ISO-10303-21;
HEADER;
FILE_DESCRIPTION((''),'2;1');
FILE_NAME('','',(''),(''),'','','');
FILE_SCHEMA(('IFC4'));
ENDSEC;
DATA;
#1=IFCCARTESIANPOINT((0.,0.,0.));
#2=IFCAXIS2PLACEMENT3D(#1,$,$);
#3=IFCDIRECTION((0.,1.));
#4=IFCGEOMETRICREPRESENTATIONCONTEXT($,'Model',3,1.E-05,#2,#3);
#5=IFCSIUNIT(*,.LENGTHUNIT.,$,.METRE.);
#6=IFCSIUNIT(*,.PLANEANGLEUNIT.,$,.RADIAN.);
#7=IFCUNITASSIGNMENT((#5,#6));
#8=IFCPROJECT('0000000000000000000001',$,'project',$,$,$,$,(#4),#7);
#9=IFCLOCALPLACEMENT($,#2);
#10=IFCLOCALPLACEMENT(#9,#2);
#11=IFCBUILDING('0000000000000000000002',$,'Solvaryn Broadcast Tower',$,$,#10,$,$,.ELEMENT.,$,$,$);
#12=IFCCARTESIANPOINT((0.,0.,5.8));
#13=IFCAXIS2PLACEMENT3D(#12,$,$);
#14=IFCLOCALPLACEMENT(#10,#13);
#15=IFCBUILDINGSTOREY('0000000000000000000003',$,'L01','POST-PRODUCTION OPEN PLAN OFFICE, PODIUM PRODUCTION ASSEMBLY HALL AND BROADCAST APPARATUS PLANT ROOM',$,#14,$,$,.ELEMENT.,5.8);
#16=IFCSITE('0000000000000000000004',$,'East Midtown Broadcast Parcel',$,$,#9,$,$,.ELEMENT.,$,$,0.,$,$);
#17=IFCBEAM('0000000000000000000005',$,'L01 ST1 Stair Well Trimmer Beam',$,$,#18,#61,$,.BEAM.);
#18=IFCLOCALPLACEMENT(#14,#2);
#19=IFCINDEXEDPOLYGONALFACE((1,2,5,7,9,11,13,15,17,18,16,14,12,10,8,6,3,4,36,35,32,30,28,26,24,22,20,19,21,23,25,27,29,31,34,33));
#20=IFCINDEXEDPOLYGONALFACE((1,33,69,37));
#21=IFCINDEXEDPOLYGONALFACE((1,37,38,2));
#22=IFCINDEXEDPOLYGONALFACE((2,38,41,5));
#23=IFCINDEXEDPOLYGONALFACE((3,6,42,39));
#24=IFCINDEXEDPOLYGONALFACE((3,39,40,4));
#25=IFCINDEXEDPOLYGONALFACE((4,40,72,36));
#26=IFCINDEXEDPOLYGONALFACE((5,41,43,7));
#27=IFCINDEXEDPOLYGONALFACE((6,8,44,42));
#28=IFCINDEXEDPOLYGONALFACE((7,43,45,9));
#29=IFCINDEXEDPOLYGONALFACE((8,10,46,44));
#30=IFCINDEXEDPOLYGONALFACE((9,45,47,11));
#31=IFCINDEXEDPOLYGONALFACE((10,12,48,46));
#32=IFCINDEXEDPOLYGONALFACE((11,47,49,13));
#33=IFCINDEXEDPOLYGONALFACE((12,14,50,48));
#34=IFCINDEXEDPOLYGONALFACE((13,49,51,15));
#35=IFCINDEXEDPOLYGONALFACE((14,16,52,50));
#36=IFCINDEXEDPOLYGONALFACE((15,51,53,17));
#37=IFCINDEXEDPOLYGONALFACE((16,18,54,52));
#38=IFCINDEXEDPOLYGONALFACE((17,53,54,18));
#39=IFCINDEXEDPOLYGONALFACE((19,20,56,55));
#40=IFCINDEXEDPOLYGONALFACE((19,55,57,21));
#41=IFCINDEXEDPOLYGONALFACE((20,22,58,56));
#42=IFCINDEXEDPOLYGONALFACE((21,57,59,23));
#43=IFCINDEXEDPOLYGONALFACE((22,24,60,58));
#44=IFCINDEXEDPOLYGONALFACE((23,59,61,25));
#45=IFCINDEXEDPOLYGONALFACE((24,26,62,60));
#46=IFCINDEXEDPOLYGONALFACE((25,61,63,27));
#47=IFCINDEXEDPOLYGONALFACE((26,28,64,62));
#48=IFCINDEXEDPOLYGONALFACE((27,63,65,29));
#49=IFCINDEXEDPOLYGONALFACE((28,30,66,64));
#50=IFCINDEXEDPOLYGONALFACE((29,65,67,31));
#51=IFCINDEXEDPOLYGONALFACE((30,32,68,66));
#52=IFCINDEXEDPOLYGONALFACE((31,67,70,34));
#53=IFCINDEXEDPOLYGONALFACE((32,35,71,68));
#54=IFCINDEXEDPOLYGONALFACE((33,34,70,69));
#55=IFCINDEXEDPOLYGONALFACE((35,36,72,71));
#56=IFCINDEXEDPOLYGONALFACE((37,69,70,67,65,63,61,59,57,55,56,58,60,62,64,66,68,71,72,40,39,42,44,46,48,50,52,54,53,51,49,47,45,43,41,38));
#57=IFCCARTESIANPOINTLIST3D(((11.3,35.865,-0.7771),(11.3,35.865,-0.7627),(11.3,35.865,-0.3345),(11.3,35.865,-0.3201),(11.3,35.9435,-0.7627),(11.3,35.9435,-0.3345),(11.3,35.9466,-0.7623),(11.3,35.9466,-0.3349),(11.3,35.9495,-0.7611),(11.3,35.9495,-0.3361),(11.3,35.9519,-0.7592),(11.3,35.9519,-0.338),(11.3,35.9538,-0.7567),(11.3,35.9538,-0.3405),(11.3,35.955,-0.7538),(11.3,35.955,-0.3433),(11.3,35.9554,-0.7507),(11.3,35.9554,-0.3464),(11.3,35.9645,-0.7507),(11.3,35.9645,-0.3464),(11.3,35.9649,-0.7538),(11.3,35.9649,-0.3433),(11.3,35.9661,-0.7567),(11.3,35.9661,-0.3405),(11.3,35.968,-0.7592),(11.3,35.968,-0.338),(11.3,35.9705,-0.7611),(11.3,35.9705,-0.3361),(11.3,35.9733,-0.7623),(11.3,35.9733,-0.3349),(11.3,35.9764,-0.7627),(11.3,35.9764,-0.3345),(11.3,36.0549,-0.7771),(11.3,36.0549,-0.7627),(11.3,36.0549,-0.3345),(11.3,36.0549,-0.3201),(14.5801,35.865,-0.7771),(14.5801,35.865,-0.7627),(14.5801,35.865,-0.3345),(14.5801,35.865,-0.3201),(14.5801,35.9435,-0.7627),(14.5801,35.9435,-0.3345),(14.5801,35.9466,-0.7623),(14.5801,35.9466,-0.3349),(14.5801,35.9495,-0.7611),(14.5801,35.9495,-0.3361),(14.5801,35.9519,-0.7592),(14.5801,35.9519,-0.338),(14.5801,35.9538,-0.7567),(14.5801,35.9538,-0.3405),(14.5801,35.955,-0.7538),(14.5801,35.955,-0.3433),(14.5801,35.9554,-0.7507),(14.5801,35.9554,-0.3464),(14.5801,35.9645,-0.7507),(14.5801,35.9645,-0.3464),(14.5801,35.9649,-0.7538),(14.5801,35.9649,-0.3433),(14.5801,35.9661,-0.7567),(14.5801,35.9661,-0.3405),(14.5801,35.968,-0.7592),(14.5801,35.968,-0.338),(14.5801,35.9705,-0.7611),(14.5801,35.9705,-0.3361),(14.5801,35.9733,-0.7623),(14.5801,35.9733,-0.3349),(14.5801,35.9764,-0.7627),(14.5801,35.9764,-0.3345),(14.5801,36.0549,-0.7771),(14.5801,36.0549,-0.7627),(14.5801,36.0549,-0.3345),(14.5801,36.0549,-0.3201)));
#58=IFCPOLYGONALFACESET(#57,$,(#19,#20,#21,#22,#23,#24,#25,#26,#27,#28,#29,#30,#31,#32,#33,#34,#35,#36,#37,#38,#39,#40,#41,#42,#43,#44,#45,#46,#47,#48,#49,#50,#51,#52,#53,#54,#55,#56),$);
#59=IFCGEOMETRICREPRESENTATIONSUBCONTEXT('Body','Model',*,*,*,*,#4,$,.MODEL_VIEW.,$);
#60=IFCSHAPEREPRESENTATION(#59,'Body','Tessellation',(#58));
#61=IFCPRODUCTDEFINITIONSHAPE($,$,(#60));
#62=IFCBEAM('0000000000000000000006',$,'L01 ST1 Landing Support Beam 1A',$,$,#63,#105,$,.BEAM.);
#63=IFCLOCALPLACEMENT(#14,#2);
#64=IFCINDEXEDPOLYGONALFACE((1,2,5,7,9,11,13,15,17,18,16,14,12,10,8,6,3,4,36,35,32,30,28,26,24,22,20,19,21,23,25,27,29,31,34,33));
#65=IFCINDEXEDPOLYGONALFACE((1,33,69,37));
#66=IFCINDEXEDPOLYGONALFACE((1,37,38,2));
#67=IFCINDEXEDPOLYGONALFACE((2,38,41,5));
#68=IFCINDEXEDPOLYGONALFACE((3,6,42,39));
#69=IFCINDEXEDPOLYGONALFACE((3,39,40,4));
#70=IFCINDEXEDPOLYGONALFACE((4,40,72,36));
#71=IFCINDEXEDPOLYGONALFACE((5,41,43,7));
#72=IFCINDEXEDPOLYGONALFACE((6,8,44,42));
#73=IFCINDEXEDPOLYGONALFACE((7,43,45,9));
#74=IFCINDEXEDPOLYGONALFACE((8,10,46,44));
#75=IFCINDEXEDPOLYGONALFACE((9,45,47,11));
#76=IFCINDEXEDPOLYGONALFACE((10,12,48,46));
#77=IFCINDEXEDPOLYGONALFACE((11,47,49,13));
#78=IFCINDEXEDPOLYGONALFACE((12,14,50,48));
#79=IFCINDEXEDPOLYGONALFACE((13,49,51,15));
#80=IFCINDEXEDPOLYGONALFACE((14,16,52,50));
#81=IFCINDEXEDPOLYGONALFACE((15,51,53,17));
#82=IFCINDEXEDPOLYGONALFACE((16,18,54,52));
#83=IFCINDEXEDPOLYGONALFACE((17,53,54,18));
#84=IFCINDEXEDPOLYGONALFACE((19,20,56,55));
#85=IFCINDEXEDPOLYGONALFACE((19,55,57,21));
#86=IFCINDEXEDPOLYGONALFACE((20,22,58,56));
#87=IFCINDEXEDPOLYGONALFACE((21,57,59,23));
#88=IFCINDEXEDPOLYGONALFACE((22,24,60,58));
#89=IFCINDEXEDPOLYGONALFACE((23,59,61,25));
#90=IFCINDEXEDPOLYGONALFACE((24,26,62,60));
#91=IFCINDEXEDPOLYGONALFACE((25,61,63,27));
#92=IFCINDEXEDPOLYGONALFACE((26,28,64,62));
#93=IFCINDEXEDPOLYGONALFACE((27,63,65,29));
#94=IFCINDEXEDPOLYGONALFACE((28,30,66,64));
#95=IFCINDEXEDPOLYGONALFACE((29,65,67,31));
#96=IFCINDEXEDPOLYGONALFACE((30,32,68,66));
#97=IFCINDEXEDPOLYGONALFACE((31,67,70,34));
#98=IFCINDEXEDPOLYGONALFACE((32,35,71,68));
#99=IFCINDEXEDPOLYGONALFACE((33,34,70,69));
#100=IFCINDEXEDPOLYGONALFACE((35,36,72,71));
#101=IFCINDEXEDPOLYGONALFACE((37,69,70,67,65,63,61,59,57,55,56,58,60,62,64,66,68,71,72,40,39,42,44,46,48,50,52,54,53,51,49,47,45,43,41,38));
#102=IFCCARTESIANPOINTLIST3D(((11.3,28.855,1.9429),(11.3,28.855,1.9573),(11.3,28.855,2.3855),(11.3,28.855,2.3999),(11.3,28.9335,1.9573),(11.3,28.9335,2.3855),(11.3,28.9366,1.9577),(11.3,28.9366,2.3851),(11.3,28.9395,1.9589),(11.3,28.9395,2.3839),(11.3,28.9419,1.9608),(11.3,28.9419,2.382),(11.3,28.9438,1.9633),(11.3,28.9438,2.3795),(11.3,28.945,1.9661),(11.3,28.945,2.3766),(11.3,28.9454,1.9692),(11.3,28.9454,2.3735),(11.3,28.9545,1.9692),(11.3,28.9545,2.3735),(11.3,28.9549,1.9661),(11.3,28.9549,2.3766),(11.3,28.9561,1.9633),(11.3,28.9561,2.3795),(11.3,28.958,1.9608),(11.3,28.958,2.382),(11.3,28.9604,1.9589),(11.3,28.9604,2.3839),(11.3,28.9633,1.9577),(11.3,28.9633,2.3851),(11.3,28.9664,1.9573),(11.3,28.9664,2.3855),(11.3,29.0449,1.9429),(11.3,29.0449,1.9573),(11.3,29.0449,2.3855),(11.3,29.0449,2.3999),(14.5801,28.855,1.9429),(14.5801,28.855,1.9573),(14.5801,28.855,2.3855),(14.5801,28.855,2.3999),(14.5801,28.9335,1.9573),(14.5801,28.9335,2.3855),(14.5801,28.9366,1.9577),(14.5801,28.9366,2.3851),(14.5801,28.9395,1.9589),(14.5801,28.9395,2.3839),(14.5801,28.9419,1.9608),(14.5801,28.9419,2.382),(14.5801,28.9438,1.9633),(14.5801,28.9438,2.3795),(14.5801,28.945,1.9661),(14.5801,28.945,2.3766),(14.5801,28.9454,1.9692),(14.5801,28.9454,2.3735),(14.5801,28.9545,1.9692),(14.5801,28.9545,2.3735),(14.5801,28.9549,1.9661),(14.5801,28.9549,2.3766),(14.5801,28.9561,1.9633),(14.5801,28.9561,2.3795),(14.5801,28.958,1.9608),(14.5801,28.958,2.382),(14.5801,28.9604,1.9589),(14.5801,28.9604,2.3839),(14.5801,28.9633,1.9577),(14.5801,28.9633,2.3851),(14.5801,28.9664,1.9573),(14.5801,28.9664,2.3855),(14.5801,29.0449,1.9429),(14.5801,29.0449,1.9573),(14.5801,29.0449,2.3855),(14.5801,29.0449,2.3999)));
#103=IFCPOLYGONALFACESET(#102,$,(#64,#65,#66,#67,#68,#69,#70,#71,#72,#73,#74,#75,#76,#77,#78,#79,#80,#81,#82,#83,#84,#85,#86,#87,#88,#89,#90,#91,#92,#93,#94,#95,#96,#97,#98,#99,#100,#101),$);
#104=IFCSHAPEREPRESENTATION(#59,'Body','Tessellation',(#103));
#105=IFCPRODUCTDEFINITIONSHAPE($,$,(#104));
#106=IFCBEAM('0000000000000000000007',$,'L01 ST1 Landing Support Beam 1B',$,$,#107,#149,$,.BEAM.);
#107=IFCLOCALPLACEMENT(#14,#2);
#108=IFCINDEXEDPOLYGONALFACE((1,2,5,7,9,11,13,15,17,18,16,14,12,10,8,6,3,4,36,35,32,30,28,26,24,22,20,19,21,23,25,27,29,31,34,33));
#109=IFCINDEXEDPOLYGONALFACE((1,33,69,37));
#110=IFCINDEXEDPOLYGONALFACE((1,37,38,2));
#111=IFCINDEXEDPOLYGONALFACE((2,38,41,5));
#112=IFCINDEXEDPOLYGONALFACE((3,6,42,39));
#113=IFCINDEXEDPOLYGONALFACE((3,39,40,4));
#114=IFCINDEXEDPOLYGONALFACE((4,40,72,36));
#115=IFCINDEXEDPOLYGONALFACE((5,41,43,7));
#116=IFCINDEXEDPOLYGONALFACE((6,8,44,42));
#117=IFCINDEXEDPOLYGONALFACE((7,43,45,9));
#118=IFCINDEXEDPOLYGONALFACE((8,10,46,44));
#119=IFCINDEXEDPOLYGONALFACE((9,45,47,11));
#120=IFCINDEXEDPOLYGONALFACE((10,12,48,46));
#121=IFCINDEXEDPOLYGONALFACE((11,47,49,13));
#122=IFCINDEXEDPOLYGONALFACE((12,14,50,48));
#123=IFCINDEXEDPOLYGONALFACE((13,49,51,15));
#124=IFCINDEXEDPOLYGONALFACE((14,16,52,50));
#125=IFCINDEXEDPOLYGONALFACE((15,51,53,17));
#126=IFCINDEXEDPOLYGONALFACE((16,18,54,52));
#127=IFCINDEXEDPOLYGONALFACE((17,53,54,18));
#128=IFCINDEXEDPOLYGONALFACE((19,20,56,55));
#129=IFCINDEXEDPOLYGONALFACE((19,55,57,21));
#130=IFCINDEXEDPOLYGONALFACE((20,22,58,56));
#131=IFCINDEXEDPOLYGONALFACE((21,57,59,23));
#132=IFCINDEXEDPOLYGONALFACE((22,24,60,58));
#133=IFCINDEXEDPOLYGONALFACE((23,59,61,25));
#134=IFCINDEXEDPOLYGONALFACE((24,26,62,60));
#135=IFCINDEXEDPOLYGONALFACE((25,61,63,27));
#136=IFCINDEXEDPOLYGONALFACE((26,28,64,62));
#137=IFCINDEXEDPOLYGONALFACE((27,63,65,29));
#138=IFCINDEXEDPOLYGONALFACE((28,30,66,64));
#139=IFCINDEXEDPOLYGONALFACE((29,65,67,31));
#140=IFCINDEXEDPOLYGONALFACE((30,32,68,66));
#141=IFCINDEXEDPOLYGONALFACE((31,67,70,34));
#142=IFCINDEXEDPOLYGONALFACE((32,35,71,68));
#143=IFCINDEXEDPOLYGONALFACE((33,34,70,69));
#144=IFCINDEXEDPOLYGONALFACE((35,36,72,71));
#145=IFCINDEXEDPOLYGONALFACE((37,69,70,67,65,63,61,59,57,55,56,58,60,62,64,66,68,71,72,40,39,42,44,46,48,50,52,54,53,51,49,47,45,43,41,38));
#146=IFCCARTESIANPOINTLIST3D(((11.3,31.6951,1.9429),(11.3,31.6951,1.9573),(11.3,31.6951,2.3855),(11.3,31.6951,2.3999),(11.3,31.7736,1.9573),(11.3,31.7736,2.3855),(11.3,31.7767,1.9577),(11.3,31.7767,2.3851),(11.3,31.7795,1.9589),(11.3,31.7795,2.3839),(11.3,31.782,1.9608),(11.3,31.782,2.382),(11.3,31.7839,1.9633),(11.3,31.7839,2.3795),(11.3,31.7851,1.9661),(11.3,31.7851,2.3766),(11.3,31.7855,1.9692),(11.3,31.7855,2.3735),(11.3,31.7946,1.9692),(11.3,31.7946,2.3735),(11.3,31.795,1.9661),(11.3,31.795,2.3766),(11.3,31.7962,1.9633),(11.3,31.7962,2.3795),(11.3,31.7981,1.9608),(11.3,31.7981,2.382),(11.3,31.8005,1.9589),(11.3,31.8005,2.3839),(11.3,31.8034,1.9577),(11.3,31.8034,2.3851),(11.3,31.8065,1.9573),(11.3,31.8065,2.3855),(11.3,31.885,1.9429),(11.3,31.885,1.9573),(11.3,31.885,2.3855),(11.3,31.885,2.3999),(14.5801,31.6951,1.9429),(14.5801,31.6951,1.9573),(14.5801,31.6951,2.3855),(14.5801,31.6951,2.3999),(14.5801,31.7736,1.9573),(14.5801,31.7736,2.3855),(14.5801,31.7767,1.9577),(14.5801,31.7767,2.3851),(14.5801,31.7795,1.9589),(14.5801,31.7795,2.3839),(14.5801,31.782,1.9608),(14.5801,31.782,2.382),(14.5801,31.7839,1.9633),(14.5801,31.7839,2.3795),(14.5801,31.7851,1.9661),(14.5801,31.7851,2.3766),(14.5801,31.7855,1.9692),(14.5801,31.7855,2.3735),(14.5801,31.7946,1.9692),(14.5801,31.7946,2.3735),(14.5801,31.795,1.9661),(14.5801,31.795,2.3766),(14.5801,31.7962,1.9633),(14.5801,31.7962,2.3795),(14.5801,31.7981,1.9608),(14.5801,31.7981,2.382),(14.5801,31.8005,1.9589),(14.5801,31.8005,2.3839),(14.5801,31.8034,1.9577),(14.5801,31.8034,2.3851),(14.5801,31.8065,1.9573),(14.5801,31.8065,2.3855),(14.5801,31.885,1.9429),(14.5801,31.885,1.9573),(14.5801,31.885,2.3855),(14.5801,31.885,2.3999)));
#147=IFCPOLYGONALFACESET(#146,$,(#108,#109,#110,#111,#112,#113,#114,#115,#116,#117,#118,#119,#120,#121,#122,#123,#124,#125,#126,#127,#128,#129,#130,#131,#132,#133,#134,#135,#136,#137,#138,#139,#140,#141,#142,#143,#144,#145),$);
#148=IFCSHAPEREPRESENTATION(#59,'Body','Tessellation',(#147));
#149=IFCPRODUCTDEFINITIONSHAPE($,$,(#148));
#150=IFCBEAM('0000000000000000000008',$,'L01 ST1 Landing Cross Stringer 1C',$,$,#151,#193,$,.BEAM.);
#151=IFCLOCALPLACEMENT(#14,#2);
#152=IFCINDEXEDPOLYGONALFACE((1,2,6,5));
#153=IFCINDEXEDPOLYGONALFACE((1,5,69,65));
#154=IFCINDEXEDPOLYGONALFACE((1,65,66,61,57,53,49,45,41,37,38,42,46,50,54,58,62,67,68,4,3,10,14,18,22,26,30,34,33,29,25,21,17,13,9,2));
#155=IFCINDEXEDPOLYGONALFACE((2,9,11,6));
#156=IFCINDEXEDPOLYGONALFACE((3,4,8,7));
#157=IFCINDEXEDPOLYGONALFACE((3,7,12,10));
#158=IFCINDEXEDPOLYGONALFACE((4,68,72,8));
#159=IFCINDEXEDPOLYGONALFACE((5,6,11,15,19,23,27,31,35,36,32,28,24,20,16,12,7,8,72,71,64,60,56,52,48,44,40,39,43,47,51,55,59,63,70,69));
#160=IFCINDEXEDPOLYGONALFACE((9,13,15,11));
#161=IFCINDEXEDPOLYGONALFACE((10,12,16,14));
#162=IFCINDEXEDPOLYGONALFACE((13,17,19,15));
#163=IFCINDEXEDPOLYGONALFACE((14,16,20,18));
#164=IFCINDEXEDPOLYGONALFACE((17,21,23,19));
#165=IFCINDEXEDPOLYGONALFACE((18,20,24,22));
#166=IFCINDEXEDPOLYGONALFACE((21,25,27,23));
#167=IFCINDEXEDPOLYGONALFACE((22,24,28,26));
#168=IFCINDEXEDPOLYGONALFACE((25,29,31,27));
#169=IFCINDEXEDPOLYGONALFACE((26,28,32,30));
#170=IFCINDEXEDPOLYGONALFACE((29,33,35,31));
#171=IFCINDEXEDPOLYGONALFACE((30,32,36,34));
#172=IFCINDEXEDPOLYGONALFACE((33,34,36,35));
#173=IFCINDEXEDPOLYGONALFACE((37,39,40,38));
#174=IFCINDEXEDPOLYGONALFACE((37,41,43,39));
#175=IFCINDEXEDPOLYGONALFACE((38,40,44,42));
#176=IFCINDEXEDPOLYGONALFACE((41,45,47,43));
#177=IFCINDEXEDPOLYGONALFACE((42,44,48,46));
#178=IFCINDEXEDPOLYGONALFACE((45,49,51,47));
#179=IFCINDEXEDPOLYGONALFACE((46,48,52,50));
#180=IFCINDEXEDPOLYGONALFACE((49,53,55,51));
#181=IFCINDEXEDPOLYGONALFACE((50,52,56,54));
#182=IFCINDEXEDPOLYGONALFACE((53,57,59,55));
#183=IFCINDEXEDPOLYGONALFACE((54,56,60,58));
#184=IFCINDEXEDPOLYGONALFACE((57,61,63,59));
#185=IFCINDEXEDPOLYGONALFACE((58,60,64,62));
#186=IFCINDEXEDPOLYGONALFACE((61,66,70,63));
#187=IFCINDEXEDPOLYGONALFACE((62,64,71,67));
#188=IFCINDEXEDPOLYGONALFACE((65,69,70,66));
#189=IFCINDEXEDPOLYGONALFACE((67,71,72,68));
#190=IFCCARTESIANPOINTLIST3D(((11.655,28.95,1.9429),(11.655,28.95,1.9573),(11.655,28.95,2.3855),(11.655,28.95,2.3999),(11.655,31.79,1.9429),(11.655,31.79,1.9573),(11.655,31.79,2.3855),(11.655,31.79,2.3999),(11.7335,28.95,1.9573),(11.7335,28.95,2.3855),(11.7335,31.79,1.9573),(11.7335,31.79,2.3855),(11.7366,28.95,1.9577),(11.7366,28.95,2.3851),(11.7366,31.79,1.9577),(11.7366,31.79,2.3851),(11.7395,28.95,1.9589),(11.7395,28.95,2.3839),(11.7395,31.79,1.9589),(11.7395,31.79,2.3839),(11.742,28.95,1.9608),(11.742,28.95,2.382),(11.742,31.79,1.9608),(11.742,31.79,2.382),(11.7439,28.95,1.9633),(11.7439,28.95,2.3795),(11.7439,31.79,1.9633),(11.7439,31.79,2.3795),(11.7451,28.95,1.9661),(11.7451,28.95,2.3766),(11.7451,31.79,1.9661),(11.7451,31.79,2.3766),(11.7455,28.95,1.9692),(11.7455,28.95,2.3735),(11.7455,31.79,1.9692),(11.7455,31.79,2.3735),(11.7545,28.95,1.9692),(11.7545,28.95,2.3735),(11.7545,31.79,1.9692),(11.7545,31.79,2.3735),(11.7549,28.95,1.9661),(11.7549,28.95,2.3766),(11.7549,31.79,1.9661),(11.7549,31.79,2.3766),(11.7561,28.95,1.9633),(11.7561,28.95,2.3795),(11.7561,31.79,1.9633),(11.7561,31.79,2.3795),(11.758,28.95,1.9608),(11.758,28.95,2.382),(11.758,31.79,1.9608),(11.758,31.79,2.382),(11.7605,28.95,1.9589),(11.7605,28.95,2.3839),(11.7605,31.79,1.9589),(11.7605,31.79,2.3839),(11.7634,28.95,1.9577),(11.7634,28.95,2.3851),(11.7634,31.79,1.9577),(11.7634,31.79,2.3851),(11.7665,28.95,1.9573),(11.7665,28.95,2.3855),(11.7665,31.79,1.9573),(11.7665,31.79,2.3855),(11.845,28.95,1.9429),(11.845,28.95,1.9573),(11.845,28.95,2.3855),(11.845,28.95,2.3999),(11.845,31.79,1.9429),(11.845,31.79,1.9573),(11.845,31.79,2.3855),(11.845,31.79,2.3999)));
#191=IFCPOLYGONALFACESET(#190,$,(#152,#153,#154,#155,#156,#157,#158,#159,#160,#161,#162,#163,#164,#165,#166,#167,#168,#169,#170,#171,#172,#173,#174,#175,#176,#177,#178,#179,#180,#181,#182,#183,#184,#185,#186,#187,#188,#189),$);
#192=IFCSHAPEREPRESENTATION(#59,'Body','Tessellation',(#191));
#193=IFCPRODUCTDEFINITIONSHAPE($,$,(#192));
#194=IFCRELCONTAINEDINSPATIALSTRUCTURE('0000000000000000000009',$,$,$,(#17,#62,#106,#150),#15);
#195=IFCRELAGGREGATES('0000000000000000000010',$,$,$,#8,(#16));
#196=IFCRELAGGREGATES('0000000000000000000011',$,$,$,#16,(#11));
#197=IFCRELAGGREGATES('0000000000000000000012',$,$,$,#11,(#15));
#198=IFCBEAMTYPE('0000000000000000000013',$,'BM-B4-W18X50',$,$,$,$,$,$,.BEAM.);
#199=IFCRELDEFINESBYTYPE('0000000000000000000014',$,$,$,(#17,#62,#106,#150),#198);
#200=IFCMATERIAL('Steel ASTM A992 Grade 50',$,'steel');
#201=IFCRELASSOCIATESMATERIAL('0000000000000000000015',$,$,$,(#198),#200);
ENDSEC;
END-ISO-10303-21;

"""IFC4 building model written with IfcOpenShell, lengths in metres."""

from ifc_helpers import new_model, si_unit, direction, frame, origin, origin_2d, place, context, subcontext, project, spatial, i_section, extrude, material, material_profile, profile_set, type_object, element, save


model = new_model("IFC4")

# Units and contexts
model_context = context("Model", 3, precision=1e-05, world=origin(), true_north=direction((0.0, 1.0)))
body_context = subcontext(model_context, "Body", "Model", "MODEL_VIEW")
ifc_project = project(units=[si_unit("LENGTHUNIT", "METRE"), si_unit("PLANEANGLEUNIT", "RADIAN")], contexts=[model_context])

# Site, building, storey
site_placement = place(None, origin())
site = spatial("IfcSite", under=ifc_project, at=site_placement, Name="East Midtown Broadcast Parcel", CompositionType="ELEMENT", RefElevation=0.0)
building_placement = place(site_placement, origin())
building = spatial("IfcBuilding", under=site, at=building_placement, Name="Solvaryn Broadcast Tower", CompositionType="ELEMENT")
storey_placement = place(building_placement, frame((0.0, 0.0, 5.8)))
storey = spatial("IfcBuildingStorey", under=building, at=storey_placement, Name="L01", Description="POST-PRODUCTION OPEN PLAN OFFICE, PODIUM PRODUCTION ASSEMBLY HALL AND BROADCAST APPARATUS PLANT ROOM", CompositionType="ELEMENT", Elevation=5.8)

# Beams
ifc_material_1 = material(Name="Steel ASTM A992 Grade 50", Category="steel")
ifc_material_profile_1 = material_profile(ifc_material_1, i_section(OverallWidth=0.1899, OverallDepth=0.457, WebThickness=0.009, FlangeThickness=0.0144, FilletRadius=0.012, at=origin_2d()))
ifc_profile_set_1 = profile_set([ifc_material_profile_1], Name="Steel ASTM A992 Grade 50")
beam_type_1 = type_object("IfcBeamType", Name="BM-B4-W18X50", PredefinedType="BEAM", material=ifc_profile_set_1)
for number, where, z_axis, x_axis, name in (
    (1, (11.3, 35.96, -0.5486), (1.0, 0.0, 0.0), (0.0, 1.0, 0.0), "L01 ST1 Stair Well Trimmer Beam"),
    (2, (11.3, 28.95, 2.1714), (1.0, 0.0, 0.0), (0.0, 1.0, 0.0), "L01 ST1 Landing Support Beam 1A"),
    (3, (11.3, 31.79, 2.1714), (1.0, 0.0, 0.0), (0.0, 1.0, 0.0), "L01 ST1 Landing Support Beam 1B"),
):
    element("IfcBeam", number, at=place(storey_placement, frame(where, z_axis=z_axis, x_axis=x_axis)), inside=storey, type_object=beam_type_1, Name=name, PredefinedType="BEAM", context=body_context, shape_type="SweptSolid", body=[
        extrude(i_section(OverallWidth=0.1899, OverallDepth=0.457, WebThickness=0.009, FlangeThickness=0.0144, FilletRadius=0.012, at=origin_2d()), origin(), (0.0, 0.0, 1.0), 3.28),
    ])
beam_1_placement = place(storey_placement, frame((11.75, 28.95, 2.1714), z_axis=(0.0, 1.0, 0.0), x_axis=(-1.0, 0.0, 0.0)))
element("IfcBeam", 4, at=beam_1_placement, inside=storey, type_object=beam_type_1, Name="L01 ST1 Landing Cross Stringer 1C", PredefinedType="BEAM", context=body_context, shape_type="SweptSolid", body=[
    extrude(i_section(OverallWidth=0.1899, OverallDepth=0.457, WebThickness=0.009, FlangeThickness=0.0144, FilletRadius=0.012, at=origin_2d()), origin(), (0.0, 0.0, 1.0), 2.8401),
])

save(model, "model.ifc")
